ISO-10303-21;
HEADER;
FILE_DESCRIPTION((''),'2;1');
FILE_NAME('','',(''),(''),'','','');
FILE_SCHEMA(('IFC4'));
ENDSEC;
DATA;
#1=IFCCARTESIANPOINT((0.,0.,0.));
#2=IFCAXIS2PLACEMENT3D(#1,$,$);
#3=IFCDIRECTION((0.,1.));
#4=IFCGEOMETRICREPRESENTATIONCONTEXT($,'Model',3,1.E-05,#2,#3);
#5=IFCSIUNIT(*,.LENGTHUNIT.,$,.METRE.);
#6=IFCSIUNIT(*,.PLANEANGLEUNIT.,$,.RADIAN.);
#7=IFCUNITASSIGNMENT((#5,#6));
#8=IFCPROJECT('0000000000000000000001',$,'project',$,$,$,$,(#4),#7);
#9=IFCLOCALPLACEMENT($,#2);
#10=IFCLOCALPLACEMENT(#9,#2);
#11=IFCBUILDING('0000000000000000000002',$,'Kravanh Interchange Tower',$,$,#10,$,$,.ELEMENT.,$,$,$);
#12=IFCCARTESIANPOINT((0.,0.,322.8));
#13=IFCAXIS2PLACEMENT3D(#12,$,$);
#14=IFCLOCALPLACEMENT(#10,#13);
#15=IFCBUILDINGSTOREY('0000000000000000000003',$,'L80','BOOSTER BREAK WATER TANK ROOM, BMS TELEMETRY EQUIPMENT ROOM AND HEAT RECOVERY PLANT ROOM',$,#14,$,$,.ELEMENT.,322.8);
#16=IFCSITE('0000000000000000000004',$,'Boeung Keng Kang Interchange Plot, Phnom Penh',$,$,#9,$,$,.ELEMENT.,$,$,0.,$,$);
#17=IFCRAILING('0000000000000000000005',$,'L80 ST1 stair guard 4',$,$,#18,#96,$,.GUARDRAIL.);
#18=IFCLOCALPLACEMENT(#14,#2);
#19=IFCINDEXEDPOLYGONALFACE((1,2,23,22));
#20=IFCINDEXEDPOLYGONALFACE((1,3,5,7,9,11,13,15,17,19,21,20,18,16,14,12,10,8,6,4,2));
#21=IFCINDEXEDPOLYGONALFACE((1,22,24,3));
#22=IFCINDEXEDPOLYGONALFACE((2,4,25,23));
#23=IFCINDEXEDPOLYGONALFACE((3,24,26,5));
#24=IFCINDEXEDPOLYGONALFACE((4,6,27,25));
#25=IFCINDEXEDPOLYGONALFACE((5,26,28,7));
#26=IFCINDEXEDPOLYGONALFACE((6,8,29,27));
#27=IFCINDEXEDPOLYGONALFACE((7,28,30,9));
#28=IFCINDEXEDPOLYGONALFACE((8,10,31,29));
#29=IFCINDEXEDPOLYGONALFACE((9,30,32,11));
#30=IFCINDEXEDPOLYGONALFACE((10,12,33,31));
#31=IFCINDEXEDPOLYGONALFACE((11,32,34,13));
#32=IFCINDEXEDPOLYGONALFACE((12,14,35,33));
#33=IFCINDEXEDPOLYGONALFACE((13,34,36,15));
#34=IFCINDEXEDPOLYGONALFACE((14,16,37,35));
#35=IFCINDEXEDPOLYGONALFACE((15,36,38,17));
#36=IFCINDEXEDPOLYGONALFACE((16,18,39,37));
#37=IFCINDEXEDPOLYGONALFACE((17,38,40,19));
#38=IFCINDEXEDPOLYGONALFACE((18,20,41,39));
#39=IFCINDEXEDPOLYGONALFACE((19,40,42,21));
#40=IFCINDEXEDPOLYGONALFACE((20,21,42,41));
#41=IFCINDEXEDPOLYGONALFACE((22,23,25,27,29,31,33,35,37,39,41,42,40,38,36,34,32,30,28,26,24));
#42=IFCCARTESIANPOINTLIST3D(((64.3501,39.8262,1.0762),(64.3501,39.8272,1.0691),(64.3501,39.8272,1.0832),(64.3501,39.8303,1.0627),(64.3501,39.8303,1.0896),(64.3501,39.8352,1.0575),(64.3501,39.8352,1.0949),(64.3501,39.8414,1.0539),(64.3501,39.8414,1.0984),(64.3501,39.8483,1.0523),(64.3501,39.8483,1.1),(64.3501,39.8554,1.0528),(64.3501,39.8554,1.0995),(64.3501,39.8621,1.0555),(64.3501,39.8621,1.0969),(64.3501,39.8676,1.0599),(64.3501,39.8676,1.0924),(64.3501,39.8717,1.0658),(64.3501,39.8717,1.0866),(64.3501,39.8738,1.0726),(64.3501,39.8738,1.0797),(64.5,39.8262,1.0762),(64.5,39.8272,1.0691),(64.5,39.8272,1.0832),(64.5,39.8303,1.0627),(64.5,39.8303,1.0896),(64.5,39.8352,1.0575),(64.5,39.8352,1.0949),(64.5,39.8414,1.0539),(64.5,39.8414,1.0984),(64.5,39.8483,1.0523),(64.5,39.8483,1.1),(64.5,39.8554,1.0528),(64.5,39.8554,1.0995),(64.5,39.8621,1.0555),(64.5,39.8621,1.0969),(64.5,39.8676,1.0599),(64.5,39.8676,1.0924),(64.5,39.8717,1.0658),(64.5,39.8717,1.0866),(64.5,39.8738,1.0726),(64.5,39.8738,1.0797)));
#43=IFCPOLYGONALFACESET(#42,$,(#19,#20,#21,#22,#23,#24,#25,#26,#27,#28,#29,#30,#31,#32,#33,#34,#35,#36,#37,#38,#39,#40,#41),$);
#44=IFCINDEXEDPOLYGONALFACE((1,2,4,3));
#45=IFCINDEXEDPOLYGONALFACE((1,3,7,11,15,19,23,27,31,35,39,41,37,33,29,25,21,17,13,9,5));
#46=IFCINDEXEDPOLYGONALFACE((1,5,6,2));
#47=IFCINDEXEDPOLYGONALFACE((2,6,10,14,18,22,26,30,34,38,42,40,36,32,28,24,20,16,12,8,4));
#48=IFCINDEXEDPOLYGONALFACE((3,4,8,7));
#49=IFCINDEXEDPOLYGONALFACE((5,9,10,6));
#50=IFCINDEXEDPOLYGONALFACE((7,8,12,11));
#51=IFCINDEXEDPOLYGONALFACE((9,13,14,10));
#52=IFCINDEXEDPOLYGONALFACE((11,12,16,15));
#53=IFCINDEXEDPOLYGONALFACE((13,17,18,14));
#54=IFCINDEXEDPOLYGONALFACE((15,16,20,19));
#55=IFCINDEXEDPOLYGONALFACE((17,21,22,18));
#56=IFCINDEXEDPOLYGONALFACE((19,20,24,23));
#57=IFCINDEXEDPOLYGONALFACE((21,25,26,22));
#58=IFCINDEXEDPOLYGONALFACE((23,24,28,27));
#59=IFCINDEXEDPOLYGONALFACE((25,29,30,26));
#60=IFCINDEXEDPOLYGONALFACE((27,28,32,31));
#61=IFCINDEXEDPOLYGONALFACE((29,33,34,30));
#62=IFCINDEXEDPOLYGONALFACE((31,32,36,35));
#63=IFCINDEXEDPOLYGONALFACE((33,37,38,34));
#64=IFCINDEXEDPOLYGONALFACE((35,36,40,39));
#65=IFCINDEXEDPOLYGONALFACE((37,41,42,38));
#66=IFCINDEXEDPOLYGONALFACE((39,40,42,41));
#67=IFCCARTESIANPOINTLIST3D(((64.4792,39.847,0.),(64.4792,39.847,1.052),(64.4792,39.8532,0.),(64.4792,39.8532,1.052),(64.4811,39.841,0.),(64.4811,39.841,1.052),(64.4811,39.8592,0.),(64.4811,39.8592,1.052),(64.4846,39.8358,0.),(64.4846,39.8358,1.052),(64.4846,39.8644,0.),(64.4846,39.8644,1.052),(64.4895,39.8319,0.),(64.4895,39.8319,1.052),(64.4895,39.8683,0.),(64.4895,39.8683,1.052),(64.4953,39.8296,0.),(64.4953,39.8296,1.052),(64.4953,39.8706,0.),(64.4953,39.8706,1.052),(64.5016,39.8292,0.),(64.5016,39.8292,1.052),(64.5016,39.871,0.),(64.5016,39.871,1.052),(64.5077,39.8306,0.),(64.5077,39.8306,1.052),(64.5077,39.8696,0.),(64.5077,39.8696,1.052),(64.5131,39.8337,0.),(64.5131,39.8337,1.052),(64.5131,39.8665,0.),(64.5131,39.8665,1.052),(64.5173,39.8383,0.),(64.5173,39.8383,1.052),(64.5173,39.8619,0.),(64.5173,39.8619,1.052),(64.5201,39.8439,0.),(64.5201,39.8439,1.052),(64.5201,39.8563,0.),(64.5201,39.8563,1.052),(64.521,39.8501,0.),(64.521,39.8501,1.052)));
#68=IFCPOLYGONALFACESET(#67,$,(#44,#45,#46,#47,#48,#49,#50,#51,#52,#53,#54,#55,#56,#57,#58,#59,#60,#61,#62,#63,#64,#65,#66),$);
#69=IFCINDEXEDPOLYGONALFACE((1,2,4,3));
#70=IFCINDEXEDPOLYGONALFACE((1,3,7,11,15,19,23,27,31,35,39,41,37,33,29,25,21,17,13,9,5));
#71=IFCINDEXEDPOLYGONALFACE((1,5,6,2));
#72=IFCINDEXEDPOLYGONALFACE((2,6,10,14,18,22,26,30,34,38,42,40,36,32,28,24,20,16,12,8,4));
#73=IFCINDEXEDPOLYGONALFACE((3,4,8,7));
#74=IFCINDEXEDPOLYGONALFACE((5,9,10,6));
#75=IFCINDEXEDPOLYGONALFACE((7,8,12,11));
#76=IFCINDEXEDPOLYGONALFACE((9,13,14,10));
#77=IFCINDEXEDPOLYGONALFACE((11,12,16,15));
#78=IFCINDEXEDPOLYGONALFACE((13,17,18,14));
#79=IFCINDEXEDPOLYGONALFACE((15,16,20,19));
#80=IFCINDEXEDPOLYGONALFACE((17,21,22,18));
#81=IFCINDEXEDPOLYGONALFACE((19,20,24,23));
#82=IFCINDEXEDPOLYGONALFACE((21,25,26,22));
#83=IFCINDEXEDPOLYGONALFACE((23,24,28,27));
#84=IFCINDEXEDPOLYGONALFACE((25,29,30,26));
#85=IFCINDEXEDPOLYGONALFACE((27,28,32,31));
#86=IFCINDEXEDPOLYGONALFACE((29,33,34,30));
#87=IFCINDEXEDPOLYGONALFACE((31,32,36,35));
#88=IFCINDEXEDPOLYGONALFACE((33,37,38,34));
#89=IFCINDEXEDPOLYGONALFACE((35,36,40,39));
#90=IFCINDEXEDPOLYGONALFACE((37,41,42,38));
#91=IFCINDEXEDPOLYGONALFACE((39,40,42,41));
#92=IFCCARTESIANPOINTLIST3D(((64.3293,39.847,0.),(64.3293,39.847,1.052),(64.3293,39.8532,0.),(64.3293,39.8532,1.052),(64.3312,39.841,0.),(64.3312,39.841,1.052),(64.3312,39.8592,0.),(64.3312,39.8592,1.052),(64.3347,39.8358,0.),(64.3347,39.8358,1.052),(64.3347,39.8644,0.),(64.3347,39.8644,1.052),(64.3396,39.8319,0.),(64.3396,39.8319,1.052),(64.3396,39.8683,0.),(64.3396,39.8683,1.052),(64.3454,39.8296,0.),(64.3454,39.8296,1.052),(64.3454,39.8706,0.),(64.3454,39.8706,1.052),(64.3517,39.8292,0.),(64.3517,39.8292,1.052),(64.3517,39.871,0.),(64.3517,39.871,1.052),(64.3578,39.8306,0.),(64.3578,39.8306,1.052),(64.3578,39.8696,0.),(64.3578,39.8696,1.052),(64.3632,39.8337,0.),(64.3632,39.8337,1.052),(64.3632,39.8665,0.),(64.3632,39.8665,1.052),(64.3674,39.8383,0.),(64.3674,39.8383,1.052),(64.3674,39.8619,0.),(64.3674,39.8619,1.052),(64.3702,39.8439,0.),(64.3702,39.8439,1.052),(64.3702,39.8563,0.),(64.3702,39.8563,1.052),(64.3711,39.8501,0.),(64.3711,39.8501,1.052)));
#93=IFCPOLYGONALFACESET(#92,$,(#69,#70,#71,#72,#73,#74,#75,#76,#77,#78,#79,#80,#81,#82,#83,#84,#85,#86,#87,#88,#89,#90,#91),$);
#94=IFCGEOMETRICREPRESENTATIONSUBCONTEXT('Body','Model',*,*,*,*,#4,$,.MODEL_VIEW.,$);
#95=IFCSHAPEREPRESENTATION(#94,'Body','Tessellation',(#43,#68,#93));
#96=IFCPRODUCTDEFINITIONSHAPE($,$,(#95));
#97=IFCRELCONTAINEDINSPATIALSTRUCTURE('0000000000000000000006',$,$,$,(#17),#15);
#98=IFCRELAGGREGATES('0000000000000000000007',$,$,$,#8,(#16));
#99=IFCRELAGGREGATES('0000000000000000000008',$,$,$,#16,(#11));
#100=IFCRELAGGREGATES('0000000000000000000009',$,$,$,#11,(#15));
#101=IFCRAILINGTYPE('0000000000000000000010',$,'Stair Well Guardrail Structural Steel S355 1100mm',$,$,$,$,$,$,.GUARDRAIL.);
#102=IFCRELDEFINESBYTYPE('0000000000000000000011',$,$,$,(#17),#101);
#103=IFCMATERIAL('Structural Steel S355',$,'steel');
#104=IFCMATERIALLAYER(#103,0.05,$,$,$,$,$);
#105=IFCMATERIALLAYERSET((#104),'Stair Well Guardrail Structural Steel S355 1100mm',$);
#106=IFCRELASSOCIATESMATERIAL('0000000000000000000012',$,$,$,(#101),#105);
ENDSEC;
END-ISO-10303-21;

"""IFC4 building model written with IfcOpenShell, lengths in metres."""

from ifc_helpers import new_model, si_unit, direction, frame, origin, origin_2d, place, context, subcontext, project, spatial, circle, extrude, material, layer, layer_set, type_object, element, save


model = new_model("IFC4")

# Units and contexts
model_context = context("Model", 3, precision=1e-05, world=origin(), true_north=direction((0.0, 1.0)))
body_context = subcontext(model_context, "Body", "Model", "MODEL_VIEW")
ifc_project = project(units=[si_unit("LENGTHUNIT", "METRE"), si_unit("PLANEANGLEUNIT", "RADIAN")], contexts=[model_context])

# Site, building, storey
site_placement = place(None, origin())
site = spatial("IfcSite", under=ifc_project, at=site_placement, Name="Boeung Keng Kang Interchange Plot, Phnom Penh", CompositionType="ELEMENT", RefElevation=0.0)
building_placement = place(site_placement, origin())
building = spatial("IfcBuilding", under=site, at=building_placement, Name="Kravanh Interchange Tower", CompositionType="ELEMENT")
storey_placement = place(building_placement, frame((0.0, 0.0, 322.8)))
storey = spatial("IfcBuildingStorey", under=building, at=storey_placement, Name="L80", Description="BOOSTER BREAK WATER TANK ROOM, BMS TELEMETRY EQUIPMENT ROOM AND HEAT RECOVERY PLANT ROOM", CompositionType="ELEMENT", Elevation=322.8)

# Railing
ifc_material_1 = material(Name="Structural Steel S355", Category="steel")
ifc_layer_1 = layer(ifc_material_1, 0.05)
ifc_layer_set_1 = layer_set([ifc_layer_1], Name="Stair Well Guardrail Structural Steel S355 1100mm")
railing_type_1 = type_object("IfcRailingType", Name="Stair Well Guardrail Structural Steel S355 1100mm", PredefinedType="GUARDRAIL", material=ifc_layer_set_1)
railing_1_placement = place(storey_placement, frame((64.5, 39.8501, 0.0)))
element("IfcRailing", 1, at=railing_1_placement, inside=storey, type_object=railing_type_1, Name="L80 ST1 stair guard 4", PredefinedType="GUARDRAIL", context=body_context, shape_type="SweptSolid", body=[
    extrude(circle(Radius=0.0239, at=origin_2d()), frame((0.0, 0.0, 1.0762), z_axis=(-1.0, 0.0, 0.0), x_axis=(0.0, -1.0, 0.0)), (0.0, 0.0, 1.0), 0.1499),
    extrude(circle(Radius=0.021, at=origin_2d()), origin(), (0.0, 0.0, 1.0), 1.052),
    extrude(circle(Radius=0.021, at=origin_2d()), frame((-0.1499, 0.0, 0.0)), (0.0, 0.0, 1.0), 1.052),
])

save(model, "model.ifc")
